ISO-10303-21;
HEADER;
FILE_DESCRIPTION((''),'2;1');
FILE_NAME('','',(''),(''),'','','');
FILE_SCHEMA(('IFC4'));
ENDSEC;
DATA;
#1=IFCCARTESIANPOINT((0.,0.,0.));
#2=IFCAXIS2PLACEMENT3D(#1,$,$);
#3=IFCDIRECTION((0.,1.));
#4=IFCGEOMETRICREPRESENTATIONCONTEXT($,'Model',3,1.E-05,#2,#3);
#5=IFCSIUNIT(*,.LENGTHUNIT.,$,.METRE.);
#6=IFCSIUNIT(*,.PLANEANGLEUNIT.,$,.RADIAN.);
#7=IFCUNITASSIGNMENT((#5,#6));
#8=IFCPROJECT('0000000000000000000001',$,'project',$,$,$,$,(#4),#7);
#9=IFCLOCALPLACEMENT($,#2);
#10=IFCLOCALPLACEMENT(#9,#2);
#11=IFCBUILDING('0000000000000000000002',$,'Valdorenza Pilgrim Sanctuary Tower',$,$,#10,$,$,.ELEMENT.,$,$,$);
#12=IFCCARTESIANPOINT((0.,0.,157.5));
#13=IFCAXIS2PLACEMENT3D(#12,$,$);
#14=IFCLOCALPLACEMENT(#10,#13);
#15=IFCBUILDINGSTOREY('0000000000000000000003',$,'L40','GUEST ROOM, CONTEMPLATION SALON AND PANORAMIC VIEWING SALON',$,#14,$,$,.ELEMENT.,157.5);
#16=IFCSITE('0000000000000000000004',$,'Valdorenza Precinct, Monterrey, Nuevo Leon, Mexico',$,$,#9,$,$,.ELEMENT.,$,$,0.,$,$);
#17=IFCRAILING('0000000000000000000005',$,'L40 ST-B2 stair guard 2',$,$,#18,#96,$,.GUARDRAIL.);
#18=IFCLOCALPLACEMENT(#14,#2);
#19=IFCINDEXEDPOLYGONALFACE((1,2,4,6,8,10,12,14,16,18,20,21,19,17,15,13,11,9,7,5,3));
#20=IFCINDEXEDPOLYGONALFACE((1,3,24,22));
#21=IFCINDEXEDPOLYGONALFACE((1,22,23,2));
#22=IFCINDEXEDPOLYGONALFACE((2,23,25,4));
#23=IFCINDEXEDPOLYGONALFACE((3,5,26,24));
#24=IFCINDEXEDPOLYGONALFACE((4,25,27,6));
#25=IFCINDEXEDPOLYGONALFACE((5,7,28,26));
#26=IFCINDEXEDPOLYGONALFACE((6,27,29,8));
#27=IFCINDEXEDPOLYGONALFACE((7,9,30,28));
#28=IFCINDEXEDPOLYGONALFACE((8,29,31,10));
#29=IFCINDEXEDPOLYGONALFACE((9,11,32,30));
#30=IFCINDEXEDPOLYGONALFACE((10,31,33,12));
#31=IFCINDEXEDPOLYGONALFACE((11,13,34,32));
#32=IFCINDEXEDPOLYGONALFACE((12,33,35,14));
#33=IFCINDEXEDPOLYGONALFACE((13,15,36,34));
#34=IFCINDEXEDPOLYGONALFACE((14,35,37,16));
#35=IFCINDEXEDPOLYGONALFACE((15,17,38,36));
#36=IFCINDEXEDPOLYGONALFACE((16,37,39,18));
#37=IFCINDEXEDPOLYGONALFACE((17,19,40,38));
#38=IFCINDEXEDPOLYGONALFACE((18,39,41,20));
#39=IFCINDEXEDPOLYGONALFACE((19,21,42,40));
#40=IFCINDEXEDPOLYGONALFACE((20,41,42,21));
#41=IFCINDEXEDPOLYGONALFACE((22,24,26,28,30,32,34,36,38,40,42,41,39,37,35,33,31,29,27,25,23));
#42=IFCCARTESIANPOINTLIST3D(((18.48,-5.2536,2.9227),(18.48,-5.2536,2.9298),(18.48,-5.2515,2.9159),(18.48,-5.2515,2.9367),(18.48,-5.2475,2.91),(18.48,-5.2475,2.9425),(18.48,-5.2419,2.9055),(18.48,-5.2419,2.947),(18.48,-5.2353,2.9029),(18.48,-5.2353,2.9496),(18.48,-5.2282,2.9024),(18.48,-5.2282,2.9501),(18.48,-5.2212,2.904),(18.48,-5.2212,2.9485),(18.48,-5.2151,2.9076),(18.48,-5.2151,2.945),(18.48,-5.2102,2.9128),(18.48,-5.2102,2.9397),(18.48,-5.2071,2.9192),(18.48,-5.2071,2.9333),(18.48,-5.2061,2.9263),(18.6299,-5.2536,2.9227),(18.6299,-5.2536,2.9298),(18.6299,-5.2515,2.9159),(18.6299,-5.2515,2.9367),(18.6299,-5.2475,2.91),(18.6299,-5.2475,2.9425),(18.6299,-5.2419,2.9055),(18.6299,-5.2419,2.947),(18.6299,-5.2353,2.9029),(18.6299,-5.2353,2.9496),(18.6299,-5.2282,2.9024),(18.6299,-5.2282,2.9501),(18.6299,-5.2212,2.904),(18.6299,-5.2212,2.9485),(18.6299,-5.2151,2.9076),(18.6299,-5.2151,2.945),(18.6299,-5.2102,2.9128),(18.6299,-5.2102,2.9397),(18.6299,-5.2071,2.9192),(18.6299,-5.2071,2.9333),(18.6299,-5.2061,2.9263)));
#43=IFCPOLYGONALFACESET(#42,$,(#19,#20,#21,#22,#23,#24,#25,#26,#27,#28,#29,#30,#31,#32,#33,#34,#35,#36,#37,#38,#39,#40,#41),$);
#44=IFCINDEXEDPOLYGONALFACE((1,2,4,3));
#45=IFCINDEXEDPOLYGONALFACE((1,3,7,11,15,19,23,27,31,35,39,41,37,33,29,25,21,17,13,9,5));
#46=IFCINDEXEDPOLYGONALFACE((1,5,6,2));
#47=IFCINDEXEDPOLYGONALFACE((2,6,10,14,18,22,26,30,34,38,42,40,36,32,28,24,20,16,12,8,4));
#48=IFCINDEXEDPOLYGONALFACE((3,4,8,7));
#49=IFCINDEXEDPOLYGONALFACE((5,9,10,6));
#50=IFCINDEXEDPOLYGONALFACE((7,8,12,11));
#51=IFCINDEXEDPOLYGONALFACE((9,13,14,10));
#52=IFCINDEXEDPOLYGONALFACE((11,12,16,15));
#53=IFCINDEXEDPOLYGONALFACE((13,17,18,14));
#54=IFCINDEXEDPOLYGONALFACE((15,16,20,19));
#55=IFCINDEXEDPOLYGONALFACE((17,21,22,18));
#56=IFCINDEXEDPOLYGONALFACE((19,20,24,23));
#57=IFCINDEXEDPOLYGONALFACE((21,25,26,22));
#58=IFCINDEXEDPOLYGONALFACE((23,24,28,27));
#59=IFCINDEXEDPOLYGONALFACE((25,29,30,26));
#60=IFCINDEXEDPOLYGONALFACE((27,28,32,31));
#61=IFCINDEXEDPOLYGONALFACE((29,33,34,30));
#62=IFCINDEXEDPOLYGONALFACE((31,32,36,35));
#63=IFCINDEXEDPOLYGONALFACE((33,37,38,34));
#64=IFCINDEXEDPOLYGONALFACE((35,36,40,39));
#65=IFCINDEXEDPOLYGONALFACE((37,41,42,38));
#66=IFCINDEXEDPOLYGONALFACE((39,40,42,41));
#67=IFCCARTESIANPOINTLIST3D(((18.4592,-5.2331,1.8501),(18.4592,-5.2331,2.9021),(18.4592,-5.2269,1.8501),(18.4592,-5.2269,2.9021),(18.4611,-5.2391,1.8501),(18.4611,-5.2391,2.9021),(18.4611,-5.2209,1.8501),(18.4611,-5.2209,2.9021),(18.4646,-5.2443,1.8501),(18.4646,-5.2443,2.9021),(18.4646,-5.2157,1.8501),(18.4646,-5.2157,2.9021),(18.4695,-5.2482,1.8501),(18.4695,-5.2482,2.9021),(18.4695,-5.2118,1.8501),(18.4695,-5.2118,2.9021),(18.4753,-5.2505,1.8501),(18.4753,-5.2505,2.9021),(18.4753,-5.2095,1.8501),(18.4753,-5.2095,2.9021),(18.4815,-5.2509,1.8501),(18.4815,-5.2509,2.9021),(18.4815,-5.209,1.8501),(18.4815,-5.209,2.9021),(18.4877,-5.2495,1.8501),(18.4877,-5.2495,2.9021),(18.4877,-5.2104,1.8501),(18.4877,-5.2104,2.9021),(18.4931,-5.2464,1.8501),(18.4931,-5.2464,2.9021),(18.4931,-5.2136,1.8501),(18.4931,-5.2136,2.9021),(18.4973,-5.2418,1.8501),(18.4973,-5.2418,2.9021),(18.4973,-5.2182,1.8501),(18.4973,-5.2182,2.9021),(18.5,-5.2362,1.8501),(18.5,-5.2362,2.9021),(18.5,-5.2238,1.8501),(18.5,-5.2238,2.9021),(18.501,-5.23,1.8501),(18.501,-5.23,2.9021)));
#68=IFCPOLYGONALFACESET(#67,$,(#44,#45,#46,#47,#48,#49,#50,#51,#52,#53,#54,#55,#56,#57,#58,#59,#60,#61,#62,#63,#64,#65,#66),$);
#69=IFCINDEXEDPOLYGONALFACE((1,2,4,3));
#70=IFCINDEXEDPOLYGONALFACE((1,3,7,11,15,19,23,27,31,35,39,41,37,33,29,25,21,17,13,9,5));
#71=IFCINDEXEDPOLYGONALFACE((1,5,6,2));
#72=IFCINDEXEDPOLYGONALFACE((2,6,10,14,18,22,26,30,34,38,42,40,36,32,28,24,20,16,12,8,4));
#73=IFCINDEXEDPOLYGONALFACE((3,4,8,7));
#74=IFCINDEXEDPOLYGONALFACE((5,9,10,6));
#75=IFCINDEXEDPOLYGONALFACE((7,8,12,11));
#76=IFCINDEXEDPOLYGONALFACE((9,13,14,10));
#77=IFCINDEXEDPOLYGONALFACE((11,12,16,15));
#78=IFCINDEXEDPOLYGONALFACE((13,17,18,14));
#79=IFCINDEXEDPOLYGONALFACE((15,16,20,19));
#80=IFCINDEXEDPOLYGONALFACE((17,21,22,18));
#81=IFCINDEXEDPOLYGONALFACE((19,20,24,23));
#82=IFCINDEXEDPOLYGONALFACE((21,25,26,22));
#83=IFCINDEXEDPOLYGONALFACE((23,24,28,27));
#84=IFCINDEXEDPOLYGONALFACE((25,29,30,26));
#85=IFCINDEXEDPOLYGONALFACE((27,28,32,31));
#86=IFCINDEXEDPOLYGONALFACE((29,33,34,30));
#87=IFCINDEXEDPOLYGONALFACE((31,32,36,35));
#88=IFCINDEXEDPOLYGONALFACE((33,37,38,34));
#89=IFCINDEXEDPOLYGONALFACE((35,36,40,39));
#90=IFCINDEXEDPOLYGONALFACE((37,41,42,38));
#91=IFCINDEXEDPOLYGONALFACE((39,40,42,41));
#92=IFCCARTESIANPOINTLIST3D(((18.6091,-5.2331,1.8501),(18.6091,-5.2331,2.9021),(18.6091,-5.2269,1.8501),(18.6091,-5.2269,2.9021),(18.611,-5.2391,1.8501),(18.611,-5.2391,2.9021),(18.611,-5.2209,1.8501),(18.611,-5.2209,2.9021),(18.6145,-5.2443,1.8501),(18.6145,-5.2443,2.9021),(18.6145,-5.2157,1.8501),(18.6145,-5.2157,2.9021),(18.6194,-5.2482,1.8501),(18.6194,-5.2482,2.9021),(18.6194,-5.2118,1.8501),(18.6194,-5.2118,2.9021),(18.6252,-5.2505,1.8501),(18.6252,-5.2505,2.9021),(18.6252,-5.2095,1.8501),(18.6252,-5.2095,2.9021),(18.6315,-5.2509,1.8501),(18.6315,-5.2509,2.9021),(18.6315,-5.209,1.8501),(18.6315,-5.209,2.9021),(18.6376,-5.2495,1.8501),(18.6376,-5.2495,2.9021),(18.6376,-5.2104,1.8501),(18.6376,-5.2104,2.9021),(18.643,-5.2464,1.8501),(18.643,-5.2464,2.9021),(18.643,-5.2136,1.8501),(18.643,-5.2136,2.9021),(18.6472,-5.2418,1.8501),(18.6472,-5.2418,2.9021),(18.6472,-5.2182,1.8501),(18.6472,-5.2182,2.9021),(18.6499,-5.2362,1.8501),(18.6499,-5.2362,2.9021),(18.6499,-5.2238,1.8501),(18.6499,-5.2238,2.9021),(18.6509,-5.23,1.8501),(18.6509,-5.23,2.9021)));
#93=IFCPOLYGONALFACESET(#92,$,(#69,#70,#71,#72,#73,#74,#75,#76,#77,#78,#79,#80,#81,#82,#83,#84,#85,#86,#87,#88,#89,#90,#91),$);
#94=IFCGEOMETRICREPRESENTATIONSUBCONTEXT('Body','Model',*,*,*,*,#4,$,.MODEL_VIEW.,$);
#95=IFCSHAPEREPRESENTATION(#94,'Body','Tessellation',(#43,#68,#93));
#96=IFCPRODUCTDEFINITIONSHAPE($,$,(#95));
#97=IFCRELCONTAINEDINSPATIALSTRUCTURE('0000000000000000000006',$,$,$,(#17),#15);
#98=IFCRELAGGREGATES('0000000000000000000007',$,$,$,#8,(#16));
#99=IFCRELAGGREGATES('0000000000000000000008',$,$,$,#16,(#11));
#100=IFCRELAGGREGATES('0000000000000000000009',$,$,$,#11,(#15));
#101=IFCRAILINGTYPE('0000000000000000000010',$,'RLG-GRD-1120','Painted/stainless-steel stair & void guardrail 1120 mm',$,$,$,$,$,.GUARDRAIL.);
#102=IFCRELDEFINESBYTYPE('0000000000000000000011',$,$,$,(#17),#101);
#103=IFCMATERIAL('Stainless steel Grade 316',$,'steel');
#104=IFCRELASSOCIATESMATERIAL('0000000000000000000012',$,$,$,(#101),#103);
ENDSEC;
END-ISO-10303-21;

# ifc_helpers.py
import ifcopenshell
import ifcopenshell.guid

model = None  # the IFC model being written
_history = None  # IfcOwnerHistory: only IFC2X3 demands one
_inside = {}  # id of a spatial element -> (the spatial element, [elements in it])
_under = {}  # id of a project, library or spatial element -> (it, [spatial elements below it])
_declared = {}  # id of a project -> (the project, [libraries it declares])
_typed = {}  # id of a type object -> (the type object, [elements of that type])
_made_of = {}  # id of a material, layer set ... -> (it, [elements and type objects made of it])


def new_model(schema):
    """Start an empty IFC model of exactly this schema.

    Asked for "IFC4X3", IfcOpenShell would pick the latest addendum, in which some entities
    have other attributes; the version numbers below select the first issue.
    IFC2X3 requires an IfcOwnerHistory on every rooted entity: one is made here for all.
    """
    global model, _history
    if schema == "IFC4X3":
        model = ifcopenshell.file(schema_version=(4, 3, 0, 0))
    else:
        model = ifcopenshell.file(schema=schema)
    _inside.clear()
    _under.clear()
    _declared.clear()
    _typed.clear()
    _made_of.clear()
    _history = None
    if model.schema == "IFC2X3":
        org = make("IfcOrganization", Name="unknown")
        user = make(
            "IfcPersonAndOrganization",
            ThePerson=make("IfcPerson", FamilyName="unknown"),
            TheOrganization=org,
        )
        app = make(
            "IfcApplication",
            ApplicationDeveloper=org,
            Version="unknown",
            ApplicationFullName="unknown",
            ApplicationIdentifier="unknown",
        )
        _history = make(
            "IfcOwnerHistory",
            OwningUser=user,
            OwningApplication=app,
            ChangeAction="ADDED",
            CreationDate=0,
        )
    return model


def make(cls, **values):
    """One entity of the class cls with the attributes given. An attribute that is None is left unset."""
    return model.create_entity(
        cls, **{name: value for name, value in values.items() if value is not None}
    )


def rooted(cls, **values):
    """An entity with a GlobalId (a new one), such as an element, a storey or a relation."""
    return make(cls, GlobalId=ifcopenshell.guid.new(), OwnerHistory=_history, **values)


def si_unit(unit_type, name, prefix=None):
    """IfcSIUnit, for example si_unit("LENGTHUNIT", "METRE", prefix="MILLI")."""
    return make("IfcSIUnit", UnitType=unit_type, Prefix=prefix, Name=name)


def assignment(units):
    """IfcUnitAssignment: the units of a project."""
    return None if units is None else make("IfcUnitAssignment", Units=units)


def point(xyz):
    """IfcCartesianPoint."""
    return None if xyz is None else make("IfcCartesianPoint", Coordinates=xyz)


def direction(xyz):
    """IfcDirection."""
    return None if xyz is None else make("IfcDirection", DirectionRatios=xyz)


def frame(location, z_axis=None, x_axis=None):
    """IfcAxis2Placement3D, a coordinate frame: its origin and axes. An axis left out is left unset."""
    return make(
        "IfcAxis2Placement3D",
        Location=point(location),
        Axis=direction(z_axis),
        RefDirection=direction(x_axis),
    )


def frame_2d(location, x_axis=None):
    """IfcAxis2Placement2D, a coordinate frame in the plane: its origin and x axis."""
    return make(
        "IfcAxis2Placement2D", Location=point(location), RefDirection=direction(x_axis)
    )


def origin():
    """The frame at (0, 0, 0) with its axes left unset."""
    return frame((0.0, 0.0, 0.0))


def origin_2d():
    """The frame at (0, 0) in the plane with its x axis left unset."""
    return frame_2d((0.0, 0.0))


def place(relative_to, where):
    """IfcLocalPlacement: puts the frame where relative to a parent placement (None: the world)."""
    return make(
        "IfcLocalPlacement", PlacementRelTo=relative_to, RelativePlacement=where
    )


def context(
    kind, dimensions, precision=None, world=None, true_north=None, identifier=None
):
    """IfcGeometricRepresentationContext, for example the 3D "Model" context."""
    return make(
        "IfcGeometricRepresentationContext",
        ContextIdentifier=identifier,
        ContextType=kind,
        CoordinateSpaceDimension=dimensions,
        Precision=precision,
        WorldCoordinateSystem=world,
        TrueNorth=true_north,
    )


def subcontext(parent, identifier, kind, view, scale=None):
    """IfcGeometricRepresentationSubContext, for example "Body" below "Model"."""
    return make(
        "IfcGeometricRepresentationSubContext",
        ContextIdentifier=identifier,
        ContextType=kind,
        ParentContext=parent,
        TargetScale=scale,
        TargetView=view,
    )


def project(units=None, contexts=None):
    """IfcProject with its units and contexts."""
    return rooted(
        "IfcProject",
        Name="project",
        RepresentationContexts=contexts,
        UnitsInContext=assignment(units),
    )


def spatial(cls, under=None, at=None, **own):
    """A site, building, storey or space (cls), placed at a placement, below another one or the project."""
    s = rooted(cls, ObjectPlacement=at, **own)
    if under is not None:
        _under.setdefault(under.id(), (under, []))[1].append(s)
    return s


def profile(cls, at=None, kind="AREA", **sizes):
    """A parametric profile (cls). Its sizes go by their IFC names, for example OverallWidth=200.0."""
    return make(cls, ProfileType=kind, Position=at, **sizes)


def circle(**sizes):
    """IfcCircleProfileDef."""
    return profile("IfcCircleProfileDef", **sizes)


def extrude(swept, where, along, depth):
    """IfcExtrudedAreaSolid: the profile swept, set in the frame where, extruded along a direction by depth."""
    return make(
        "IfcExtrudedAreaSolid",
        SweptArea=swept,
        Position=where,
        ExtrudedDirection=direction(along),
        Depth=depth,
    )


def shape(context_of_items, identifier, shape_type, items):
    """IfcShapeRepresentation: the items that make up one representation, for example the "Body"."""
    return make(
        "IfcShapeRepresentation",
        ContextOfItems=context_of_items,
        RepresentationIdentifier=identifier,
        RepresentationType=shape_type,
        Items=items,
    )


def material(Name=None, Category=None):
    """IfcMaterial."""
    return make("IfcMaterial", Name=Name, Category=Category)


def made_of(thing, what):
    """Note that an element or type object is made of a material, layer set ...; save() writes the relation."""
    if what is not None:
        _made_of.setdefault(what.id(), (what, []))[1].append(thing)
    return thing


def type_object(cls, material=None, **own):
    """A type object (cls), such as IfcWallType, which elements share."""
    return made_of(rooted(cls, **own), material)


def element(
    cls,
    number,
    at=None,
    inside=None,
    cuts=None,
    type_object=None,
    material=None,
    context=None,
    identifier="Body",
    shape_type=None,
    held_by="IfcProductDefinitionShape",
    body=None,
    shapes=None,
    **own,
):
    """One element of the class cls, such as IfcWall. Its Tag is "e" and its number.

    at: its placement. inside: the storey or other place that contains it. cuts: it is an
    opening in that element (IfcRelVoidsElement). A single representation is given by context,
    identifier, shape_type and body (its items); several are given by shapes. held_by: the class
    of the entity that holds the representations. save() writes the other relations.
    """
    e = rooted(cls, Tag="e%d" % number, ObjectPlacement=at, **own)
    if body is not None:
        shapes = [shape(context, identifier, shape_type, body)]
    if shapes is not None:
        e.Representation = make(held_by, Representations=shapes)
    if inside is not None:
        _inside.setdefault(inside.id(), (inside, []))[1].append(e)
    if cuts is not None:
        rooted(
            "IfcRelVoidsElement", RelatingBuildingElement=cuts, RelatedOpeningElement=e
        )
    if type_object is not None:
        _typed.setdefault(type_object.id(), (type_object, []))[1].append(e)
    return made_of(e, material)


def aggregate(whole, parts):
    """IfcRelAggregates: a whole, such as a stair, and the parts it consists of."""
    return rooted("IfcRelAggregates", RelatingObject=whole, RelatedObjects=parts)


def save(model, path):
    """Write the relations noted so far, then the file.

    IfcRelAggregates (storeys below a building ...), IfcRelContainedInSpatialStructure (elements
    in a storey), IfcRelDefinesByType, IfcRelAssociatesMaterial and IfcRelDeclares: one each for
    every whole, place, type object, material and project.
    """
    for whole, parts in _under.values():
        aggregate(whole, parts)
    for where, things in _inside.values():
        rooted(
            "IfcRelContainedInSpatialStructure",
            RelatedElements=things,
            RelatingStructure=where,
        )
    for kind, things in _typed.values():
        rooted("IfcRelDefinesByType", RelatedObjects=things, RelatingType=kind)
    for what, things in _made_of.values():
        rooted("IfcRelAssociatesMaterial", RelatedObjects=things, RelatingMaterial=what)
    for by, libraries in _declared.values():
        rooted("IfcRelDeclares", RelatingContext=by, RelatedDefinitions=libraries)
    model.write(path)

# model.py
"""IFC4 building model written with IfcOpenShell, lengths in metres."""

from ifc_helpers import new_model, si_unit, direction, frame, origin, origin_2d, place, context, subcontext, project, spatial, circle, extrude, material, type_object, element, save


model = new_model("IFC4")

# Units and contexts
model_context = context("Model", 3, precision=1e-05, world=origin(), true_north=direction((0.0, 1.0)))
body_context = subcontext(model_context, "Body", "Model", "MODEL_VIEW")
ifc_project = project(units=[si_unit("LENGTHUNIT", "METRE"), si_unit("PLANEANGLEUNIT", "RADIAN")], contexts=[model_context])

# Site, building, storey
site_placement = place(None, origin())
site = spatial("IfcSite", under=ifc_project, at=site_placement, Name="Valdorenza Precinct, Monterrey, Nuevo Leon, Mexico", CompositionType="ELEMENT", RefElevation=0.0)
building_placement = place(site_placement, origin())
building = spatial("IfcBuilding", under=site, at=building_placement, Name="Valdorenza Pilgrim Sanctuary Tower", CompositionType="ELEMENT")
storey_placement = place(building_placement, frame((0.0, 0.0, 157.5)))
storey = spatial("IfcBuildingStorey", under=building, at=storey_placement, Name="L40", Description="GUEST ROOM, CONTEMPLATION SALON AND PANORAMIC VIEWING SALON", CompositionType="ELEMENT", Elevation=157.5)

# Railing
ifc_material_1 = material(Name="Stainless steel Grade 316", Category="steel")
railing_type_1 = type_object("IfcRailingType", Name="RLG-GRD-1120", Description="Painted/stainless-steel stair & void guardrail 1120 mm", PredefinedType="GUARDRAIL", material=ifc_material_1)
railing_1_placement = place(storey_placement, frame((18.48, -5.23, 1.8501)))
element("IfcRailing", 1, at=railing_1_placement, inside=storey, type_object=railing_type_1, Name="L40 ST-B2 stair guard 2", PredefinedType="GUARDRAIL", context=body_context, shape_type="SweptSolid", body=[
    extrude(circle(Radius=0.0239, at=origin_2d()), frame((0.0, 0.0, 1.0762), z_axis=(1.0, 0.0, 0.0), x_axis=(0.0, 1.0, 0.0)), (0.0, 0.0, 1.0), 0.1499),
    extrude(circle(Radius=0.021, at=origin_2d()), origin(), (0.0, 0.0, 1.0), 1.052),
    extrude(circle(Radius=0.021, at=origin_2d()), frame((0.1499, 0.0, 0.0)), (0.0, 0.0, 1.0), 1.052),
])

save(model, "model.ifc")
